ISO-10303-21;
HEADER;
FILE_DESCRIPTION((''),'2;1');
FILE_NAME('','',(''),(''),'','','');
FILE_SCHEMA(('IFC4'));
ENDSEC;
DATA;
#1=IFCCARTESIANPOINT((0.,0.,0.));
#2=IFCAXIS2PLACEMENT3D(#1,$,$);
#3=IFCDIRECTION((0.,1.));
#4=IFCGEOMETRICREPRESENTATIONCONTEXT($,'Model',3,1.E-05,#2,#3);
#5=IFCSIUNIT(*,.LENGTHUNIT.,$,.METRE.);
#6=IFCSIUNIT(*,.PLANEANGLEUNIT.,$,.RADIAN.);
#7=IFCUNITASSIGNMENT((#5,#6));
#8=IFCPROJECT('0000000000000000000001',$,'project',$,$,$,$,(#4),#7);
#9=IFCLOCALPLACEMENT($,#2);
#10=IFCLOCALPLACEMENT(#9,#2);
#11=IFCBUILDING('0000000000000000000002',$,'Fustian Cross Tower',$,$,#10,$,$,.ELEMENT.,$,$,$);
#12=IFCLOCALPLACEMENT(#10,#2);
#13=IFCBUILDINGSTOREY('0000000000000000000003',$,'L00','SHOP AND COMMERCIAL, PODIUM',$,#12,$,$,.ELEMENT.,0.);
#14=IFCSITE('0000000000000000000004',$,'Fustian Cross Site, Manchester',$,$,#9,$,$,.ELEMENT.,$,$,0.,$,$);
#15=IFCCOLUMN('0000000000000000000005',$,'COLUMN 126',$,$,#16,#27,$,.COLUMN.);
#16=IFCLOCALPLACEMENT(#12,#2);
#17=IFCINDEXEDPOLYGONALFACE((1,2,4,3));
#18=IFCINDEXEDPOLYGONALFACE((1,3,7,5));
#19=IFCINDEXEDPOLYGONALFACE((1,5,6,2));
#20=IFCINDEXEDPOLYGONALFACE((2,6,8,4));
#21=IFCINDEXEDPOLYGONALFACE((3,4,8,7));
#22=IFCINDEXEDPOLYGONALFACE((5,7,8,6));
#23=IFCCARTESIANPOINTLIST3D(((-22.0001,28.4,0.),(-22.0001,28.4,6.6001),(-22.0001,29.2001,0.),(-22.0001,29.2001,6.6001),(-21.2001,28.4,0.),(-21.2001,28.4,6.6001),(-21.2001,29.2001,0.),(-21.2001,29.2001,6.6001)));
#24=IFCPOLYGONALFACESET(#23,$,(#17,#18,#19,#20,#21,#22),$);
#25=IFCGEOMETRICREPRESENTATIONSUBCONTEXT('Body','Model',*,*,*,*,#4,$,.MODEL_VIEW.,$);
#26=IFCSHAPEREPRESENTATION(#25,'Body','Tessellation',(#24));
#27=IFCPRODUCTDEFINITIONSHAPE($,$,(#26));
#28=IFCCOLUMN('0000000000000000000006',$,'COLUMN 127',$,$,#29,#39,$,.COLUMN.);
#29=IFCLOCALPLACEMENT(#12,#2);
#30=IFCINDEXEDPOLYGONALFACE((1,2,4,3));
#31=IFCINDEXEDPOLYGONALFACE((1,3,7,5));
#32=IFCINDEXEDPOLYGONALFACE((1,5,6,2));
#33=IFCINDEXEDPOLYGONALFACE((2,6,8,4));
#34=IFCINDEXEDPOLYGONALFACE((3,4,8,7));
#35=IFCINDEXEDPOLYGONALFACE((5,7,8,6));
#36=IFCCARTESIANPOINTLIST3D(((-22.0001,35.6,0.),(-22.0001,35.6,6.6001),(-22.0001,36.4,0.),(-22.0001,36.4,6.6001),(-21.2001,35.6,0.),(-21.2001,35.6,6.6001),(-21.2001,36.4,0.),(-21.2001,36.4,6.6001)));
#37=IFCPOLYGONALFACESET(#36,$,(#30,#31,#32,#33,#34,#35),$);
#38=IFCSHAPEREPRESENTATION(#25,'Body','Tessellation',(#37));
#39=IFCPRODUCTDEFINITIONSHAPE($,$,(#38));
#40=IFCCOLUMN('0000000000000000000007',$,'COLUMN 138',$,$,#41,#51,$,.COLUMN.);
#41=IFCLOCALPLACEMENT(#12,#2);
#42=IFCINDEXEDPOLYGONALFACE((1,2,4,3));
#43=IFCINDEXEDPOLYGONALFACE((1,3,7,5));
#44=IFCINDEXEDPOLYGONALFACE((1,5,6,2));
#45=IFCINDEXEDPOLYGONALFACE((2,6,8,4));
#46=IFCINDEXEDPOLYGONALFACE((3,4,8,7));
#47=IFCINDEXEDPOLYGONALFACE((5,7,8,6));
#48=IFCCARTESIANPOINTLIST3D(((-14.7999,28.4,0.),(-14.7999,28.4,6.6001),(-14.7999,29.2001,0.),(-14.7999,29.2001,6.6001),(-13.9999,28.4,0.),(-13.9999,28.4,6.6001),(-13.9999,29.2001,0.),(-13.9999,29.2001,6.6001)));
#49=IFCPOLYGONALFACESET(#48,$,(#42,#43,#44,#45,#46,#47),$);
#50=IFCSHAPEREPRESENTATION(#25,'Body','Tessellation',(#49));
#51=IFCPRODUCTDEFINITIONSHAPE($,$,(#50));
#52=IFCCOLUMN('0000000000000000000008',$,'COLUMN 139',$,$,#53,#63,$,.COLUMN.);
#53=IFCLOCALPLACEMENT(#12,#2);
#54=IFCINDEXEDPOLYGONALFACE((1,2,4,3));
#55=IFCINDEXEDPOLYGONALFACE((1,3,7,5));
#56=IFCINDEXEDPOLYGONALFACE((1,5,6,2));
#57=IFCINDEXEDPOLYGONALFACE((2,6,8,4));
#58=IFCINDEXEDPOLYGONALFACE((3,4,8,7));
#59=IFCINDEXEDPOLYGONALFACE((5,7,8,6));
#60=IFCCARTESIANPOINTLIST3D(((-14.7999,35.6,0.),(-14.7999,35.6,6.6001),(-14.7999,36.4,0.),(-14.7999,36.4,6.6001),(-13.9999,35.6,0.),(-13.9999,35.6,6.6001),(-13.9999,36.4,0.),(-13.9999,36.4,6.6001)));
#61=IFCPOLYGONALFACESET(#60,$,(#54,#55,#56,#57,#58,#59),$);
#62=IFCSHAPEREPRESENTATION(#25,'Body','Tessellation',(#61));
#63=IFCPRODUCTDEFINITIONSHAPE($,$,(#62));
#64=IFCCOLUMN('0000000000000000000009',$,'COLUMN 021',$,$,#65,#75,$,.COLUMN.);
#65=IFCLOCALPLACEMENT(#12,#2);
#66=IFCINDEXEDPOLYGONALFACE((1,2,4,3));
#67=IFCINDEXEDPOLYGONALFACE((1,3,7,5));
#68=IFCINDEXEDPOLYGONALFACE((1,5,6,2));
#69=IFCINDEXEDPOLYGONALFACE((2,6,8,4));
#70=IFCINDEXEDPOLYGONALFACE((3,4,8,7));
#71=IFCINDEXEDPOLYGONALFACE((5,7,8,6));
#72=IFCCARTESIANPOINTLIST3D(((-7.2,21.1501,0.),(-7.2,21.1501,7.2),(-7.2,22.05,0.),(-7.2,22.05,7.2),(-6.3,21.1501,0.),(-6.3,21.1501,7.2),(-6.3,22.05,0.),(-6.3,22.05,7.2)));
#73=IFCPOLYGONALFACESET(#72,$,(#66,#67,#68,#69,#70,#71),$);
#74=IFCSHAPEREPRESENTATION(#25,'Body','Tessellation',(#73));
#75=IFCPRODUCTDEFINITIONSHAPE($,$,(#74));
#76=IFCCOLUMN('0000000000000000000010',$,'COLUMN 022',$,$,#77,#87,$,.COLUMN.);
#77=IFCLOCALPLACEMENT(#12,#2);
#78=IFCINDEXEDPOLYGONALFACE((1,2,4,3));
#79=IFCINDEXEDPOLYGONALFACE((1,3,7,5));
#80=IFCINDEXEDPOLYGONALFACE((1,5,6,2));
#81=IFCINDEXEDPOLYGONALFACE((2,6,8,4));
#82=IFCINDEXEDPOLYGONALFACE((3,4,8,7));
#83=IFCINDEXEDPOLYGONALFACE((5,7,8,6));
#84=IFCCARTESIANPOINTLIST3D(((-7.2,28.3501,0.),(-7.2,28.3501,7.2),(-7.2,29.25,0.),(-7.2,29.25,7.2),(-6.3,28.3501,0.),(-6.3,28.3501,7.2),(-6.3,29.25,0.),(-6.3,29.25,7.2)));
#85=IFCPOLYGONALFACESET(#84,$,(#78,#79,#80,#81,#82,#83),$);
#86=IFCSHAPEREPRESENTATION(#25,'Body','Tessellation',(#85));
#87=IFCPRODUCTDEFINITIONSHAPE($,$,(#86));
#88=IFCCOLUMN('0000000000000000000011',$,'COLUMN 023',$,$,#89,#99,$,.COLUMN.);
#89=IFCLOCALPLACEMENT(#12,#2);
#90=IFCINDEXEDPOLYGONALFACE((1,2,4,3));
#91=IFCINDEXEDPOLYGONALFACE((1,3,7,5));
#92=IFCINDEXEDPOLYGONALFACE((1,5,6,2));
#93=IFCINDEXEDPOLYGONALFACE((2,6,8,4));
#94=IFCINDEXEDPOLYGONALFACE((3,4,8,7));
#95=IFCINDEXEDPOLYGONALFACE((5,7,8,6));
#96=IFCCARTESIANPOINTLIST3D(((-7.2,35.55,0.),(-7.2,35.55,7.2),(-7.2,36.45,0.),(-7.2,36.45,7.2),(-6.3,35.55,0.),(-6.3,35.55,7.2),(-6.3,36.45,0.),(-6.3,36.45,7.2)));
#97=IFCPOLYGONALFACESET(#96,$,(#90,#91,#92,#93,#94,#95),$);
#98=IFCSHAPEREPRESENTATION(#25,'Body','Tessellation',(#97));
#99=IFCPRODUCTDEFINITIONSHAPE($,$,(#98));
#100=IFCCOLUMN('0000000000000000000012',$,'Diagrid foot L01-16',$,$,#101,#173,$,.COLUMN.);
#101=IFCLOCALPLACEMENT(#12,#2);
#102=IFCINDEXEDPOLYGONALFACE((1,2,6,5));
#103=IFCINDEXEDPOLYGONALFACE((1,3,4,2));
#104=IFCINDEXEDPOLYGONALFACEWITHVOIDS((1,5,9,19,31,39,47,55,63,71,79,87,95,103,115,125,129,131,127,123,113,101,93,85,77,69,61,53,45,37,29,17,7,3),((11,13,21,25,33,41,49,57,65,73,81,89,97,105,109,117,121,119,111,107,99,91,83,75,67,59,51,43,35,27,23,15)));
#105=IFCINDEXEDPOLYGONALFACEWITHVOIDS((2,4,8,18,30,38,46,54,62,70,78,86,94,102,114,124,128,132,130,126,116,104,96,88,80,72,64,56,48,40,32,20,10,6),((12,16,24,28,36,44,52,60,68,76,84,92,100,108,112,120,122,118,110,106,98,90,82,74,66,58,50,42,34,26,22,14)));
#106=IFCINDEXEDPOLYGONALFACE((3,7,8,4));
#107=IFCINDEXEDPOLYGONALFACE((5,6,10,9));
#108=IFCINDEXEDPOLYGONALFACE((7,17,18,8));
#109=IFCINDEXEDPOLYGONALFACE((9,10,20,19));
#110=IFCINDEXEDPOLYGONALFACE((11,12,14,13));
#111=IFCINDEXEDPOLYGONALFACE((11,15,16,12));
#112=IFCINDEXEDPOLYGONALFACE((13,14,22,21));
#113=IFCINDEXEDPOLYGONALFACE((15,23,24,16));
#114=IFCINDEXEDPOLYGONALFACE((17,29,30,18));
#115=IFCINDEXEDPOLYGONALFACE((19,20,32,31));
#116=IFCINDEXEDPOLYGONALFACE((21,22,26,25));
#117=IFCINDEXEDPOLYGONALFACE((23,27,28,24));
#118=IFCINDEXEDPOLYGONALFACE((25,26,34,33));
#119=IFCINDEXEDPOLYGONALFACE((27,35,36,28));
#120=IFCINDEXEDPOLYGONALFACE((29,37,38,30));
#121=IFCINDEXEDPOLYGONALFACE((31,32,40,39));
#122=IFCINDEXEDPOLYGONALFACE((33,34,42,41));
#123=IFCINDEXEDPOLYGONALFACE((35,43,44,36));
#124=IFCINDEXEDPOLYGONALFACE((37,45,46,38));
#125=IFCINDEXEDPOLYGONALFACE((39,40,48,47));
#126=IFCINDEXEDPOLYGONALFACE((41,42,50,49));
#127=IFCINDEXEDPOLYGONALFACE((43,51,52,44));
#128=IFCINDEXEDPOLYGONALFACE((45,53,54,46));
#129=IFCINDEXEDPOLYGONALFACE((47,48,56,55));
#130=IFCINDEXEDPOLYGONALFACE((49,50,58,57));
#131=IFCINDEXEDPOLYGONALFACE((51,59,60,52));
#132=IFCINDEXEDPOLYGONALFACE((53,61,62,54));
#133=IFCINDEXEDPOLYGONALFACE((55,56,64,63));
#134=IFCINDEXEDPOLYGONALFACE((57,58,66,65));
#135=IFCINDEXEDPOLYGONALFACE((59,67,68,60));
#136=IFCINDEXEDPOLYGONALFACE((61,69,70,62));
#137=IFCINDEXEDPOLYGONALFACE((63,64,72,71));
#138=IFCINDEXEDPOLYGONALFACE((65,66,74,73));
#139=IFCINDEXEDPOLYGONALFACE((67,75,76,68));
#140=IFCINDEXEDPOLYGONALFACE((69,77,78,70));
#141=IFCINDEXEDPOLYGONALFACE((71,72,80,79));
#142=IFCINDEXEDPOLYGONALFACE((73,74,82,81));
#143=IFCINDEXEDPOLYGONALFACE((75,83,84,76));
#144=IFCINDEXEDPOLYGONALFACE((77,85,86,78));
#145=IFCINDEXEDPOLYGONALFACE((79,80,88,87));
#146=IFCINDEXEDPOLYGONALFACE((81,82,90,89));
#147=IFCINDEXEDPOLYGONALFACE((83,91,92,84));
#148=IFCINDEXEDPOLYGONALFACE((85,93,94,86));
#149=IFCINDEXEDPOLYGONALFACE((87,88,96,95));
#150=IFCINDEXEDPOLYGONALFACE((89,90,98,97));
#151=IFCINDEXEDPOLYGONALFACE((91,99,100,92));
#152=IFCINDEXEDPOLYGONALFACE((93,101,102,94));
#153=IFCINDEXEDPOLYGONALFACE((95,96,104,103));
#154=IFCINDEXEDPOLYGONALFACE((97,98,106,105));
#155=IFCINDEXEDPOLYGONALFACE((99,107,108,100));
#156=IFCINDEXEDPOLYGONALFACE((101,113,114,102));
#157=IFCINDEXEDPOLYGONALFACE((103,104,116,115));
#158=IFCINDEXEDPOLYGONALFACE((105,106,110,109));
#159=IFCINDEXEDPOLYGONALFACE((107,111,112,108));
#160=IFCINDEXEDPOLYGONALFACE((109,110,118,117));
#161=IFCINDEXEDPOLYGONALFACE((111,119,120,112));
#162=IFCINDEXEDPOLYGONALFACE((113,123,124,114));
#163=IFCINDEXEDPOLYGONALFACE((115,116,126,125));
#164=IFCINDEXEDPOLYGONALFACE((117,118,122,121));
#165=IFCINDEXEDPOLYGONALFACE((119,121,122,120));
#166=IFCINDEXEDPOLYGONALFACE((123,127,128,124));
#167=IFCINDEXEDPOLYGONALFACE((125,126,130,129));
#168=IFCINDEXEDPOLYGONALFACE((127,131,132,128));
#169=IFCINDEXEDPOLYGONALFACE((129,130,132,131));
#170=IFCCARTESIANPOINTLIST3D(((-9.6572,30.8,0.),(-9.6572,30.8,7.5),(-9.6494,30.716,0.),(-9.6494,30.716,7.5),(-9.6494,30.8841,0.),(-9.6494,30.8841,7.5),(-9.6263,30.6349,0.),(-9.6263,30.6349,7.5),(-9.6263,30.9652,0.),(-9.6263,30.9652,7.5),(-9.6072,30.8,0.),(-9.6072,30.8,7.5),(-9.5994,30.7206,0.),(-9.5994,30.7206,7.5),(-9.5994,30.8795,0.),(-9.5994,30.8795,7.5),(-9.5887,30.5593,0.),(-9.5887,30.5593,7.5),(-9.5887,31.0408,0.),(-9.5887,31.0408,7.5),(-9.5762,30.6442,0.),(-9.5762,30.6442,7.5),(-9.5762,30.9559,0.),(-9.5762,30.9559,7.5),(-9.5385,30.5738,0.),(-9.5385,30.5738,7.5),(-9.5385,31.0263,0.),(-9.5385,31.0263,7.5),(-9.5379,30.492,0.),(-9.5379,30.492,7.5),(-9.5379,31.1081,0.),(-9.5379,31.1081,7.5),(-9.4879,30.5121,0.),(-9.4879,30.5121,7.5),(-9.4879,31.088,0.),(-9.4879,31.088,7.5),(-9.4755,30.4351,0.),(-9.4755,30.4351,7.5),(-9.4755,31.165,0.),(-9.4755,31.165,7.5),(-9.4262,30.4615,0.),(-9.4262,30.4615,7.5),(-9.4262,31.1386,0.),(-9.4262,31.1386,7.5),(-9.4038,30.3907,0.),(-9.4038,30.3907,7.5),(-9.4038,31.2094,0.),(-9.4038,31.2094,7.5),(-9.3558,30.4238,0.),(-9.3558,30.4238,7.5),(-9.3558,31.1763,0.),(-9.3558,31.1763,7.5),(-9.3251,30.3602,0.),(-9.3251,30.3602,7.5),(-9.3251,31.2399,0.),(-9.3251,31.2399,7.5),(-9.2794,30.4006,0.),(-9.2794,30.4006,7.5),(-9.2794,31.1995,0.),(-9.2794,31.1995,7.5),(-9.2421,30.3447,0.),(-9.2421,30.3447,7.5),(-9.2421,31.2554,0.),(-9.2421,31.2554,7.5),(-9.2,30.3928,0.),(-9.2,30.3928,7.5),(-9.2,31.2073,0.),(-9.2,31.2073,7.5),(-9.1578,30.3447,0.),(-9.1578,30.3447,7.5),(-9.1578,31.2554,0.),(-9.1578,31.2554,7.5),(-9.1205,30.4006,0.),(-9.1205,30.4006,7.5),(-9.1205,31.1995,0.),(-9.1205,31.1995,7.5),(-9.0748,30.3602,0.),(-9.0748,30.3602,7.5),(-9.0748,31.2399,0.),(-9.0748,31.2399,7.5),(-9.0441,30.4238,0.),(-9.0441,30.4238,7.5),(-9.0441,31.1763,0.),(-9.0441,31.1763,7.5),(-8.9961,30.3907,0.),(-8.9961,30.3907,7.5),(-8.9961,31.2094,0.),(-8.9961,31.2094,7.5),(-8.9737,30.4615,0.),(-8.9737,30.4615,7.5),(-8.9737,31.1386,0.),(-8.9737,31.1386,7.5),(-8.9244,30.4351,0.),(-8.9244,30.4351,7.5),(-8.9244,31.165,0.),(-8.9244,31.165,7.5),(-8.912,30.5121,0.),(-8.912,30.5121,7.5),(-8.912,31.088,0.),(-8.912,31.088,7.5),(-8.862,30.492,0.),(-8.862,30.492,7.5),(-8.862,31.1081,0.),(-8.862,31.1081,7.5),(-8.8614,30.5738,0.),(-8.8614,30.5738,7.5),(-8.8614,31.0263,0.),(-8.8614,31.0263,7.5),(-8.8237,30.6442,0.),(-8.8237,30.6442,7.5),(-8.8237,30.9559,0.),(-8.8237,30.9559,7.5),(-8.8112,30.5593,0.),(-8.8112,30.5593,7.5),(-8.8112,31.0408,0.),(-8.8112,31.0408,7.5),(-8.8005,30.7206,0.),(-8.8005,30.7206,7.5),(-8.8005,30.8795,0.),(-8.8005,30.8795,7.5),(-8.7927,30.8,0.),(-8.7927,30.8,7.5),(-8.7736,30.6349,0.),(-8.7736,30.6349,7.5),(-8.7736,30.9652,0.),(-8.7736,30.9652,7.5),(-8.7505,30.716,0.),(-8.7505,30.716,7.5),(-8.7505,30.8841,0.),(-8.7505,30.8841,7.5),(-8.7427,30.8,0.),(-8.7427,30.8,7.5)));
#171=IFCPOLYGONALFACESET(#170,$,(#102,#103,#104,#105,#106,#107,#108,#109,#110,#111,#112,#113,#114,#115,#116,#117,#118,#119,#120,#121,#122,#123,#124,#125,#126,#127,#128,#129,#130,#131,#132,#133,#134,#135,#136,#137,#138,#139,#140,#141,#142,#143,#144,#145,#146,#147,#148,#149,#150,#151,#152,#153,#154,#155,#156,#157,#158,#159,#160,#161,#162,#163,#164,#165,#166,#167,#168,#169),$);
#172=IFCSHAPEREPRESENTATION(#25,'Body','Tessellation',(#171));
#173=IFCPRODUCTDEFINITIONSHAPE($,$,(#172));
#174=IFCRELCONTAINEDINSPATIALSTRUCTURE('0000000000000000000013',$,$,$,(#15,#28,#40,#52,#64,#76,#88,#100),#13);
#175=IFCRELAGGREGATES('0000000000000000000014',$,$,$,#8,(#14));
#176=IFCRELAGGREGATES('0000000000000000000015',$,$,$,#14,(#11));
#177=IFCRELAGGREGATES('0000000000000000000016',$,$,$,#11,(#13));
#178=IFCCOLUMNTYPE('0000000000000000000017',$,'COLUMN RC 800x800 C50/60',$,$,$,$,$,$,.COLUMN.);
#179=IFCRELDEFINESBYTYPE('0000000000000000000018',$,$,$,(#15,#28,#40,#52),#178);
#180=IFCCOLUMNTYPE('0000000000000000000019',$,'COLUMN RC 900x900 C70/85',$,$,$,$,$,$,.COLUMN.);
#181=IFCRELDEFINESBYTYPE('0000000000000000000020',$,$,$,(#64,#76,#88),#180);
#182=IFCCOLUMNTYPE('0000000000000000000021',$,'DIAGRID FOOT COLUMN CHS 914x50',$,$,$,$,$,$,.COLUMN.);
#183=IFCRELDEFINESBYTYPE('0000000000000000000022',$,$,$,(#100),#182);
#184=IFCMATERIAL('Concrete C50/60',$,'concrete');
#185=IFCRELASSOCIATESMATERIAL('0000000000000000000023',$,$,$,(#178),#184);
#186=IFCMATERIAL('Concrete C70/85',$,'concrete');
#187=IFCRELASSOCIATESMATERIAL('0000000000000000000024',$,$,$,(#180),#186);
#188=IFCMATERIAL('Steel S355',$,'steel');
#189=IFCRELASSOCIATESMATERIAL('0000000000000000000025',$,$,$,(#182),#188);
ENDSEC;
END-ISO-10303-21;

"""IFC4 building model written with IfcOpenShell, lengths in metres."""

from ifc_helpers import new_model, si_unit, direction, frame, origin, origin_2d, place, context, subcontext, project, spatial, rectangle, hollow_circle, extrude, material, material_profile, profile_set, type_object, element, save


model = new_model("IFC4")

# Units and contexts
model_context = context("Model", 3, precision=1e-05, world=origin(), true_north=direction((0.0, 1.0)))
body_context = subcontext(model_context, "Body", "Model", "MODEL_VIEW")
ifc_project = project(units=[si_unit("LENGTHUNIT", "METRE"), si_unit("PLANEANGLEUNIT", "RADIAN")], contexts=[model_context])

# Site, building, storey
site_placement = place(None, origin())
site = spatial("IfcSite", under=ifc_project, at=site_placement, Name="Fustian Cross Site, Manchester", CompositionType="ELEMENT", RefElevation=0.0)
building_placement = place(site_placement, origin())
building = spatial("IfcBuilding", under=site, at=building_placement, Name="Fustian Cross Tower", CompositionType="ELEMENT")
storey_placement = place(building_placement, origin())
storey = spatial("IfcBuildingStorey", under=building, at=storey_placement, Name="L00", Description="SHOP AND COMMERCIAL, PODIUM", CompositionType="ELEMENT", Elevation=0.0)

# Columns
ifc_material_1 = material(Name="Concrete C50/60", Category="concrete")
ifc_material_profile_1 = material_profile(ifc_material_1, rectangle(XDim=0.8, YDim=0.8, at=origin_2d()), Name="RC 800x800")
ifc_profile_set_1 = profile_set([ifc_material_profile_1], Name="Concrete C50/60")
column_type_1 = type_object("IfcColumnType", Name="COLUMN RC 800x800 C50/60", PredefinedType="COLUMN", material=ifc_profile_set_1)
for number, where, z_axis, x_axis, name in (
    (1, (-21.6001, 28.8, 0.0), (0.0, 0.0, 1.0), (1.0, 0.0, 0.0), "COLUMN 126"),
    (2, (-21.6001, 36.0, 0.0), (0.0, 0.0, 1.0), (1.0, 0.0, 0.0), "COLUMN 127"),
    (3, (-14.3999, 28.8, 0.0), (0.0, 0.0, 1.0), (1.0, 0.0, 0.0), "COLUMN 138"),
    (4, (-14.3999, 36.0, 0.0), (0.0, 0.0, 1.0), (1.0, 0.0, 0.0), "COLUMN 139"),
):
    element("IfcColumn", number, at=place(storey_placement, frame(where, z_axis=z_axis, x_axis=x_axis)), inside=storey, type_object=column_type_1, Name=name, PredefinedType="COLUMN", context=body_context, shape_type="SweptSolid", body=[
        extrude(rectangle(XDim=0.8, YDim=0.8, at=origin_2d()), origin(), (0.0, 0.0, 1.0), 6.6001),
    ])
ifc_material_2 = material(Name="Concrete C70/85", Category="concrete")
ifc_material_profile_2 = material_profile(ifc_material_2, rectangle(XDim=0.8999, YDim=0.8999, at=origin_2d()), Name="RC 900x900")
ifc_profile_set_2 = profile_set([ifc_material_profile_2], Name="Concrete C70/85")
column_type_2 = type_object("IfcColumnType", Name="COLUMN RC 900x900 C70/85", PredefinedType="COLUMN", material=ifc_profile_set_2)
for number, where, z_axis, x_axis, name in (
    (5, (-6.75, 21.6001, 0.0), (0.0, 0.0, 1.0), (1.0, 0.0, 0.0), "COLUMN 021"),
    (6, (-6.75, 28.8, 0.0), (0.0, 0.0, 1.0), (1.0, 0.0, 0.0), "COLUMN 022"),
    (7, (-6.75, 36.0, 0.0), (0.0, 0.0, 1.0), (1.0, 0.0, 0.0), "COLUMN 023"),
):
    element("IfcColumn", number, at=place(storey_placement, frame(where, z_axis=z_axis, x_axis=x_axis)), inside=storey, type_object=column_type_2, Name=name, PredefinedType="COLUMN", context=body_context, shape_type="SweptSolid", body=[
        extrude(rectangle(XDim=0.8999, YDim=0.8999, at=origin_2d()), origin(), (0.0, 0.0, 1.0), 7.2),
    ])
ifc_material_3 = material(Name="Steel S355", Category="steel")
ifc_material_profile_3 = material_profile(ifc_material_3, hollow_circle(Radius=0.4573, WallThickness=0.05, at=origin_2d()), Name="CHS 914x50")
ifc_profile_set_3 = profile_set([ifc_material_profile_3], Name="Steel S355")
column_type_3 = type_object("IfcColumnType", Name="DIAGRID FOOT COLUMN CHS 914x50", PredefinedType="COLUMN", material=ifc_profile_set_3)
for number, where, z_axis, x_axis, name in (
    (8, (-9.2, 30.8, 0.0), (0.0, 0.0, 1.0), (1.0, 0.0, 0.0), "Diagrid foot L01-16"),
):
    element("IfcColumn", number, at=place(storey_placement, frame(where, z_axis=z_axis, x_axis=x_axis)), inside=storey, type_object=column_type_3, Name=name, PredefinedType="COLUMN", context=body_context, shape_type="SweptSolid", body=[
        extrude(hollow_circle(Radius=0.4573, WallThickness=0.05, at=origin_2d()), origin(), (0.0, 0.0, 1.0), 7.5),
    ])

save(model, "model.ifc")
